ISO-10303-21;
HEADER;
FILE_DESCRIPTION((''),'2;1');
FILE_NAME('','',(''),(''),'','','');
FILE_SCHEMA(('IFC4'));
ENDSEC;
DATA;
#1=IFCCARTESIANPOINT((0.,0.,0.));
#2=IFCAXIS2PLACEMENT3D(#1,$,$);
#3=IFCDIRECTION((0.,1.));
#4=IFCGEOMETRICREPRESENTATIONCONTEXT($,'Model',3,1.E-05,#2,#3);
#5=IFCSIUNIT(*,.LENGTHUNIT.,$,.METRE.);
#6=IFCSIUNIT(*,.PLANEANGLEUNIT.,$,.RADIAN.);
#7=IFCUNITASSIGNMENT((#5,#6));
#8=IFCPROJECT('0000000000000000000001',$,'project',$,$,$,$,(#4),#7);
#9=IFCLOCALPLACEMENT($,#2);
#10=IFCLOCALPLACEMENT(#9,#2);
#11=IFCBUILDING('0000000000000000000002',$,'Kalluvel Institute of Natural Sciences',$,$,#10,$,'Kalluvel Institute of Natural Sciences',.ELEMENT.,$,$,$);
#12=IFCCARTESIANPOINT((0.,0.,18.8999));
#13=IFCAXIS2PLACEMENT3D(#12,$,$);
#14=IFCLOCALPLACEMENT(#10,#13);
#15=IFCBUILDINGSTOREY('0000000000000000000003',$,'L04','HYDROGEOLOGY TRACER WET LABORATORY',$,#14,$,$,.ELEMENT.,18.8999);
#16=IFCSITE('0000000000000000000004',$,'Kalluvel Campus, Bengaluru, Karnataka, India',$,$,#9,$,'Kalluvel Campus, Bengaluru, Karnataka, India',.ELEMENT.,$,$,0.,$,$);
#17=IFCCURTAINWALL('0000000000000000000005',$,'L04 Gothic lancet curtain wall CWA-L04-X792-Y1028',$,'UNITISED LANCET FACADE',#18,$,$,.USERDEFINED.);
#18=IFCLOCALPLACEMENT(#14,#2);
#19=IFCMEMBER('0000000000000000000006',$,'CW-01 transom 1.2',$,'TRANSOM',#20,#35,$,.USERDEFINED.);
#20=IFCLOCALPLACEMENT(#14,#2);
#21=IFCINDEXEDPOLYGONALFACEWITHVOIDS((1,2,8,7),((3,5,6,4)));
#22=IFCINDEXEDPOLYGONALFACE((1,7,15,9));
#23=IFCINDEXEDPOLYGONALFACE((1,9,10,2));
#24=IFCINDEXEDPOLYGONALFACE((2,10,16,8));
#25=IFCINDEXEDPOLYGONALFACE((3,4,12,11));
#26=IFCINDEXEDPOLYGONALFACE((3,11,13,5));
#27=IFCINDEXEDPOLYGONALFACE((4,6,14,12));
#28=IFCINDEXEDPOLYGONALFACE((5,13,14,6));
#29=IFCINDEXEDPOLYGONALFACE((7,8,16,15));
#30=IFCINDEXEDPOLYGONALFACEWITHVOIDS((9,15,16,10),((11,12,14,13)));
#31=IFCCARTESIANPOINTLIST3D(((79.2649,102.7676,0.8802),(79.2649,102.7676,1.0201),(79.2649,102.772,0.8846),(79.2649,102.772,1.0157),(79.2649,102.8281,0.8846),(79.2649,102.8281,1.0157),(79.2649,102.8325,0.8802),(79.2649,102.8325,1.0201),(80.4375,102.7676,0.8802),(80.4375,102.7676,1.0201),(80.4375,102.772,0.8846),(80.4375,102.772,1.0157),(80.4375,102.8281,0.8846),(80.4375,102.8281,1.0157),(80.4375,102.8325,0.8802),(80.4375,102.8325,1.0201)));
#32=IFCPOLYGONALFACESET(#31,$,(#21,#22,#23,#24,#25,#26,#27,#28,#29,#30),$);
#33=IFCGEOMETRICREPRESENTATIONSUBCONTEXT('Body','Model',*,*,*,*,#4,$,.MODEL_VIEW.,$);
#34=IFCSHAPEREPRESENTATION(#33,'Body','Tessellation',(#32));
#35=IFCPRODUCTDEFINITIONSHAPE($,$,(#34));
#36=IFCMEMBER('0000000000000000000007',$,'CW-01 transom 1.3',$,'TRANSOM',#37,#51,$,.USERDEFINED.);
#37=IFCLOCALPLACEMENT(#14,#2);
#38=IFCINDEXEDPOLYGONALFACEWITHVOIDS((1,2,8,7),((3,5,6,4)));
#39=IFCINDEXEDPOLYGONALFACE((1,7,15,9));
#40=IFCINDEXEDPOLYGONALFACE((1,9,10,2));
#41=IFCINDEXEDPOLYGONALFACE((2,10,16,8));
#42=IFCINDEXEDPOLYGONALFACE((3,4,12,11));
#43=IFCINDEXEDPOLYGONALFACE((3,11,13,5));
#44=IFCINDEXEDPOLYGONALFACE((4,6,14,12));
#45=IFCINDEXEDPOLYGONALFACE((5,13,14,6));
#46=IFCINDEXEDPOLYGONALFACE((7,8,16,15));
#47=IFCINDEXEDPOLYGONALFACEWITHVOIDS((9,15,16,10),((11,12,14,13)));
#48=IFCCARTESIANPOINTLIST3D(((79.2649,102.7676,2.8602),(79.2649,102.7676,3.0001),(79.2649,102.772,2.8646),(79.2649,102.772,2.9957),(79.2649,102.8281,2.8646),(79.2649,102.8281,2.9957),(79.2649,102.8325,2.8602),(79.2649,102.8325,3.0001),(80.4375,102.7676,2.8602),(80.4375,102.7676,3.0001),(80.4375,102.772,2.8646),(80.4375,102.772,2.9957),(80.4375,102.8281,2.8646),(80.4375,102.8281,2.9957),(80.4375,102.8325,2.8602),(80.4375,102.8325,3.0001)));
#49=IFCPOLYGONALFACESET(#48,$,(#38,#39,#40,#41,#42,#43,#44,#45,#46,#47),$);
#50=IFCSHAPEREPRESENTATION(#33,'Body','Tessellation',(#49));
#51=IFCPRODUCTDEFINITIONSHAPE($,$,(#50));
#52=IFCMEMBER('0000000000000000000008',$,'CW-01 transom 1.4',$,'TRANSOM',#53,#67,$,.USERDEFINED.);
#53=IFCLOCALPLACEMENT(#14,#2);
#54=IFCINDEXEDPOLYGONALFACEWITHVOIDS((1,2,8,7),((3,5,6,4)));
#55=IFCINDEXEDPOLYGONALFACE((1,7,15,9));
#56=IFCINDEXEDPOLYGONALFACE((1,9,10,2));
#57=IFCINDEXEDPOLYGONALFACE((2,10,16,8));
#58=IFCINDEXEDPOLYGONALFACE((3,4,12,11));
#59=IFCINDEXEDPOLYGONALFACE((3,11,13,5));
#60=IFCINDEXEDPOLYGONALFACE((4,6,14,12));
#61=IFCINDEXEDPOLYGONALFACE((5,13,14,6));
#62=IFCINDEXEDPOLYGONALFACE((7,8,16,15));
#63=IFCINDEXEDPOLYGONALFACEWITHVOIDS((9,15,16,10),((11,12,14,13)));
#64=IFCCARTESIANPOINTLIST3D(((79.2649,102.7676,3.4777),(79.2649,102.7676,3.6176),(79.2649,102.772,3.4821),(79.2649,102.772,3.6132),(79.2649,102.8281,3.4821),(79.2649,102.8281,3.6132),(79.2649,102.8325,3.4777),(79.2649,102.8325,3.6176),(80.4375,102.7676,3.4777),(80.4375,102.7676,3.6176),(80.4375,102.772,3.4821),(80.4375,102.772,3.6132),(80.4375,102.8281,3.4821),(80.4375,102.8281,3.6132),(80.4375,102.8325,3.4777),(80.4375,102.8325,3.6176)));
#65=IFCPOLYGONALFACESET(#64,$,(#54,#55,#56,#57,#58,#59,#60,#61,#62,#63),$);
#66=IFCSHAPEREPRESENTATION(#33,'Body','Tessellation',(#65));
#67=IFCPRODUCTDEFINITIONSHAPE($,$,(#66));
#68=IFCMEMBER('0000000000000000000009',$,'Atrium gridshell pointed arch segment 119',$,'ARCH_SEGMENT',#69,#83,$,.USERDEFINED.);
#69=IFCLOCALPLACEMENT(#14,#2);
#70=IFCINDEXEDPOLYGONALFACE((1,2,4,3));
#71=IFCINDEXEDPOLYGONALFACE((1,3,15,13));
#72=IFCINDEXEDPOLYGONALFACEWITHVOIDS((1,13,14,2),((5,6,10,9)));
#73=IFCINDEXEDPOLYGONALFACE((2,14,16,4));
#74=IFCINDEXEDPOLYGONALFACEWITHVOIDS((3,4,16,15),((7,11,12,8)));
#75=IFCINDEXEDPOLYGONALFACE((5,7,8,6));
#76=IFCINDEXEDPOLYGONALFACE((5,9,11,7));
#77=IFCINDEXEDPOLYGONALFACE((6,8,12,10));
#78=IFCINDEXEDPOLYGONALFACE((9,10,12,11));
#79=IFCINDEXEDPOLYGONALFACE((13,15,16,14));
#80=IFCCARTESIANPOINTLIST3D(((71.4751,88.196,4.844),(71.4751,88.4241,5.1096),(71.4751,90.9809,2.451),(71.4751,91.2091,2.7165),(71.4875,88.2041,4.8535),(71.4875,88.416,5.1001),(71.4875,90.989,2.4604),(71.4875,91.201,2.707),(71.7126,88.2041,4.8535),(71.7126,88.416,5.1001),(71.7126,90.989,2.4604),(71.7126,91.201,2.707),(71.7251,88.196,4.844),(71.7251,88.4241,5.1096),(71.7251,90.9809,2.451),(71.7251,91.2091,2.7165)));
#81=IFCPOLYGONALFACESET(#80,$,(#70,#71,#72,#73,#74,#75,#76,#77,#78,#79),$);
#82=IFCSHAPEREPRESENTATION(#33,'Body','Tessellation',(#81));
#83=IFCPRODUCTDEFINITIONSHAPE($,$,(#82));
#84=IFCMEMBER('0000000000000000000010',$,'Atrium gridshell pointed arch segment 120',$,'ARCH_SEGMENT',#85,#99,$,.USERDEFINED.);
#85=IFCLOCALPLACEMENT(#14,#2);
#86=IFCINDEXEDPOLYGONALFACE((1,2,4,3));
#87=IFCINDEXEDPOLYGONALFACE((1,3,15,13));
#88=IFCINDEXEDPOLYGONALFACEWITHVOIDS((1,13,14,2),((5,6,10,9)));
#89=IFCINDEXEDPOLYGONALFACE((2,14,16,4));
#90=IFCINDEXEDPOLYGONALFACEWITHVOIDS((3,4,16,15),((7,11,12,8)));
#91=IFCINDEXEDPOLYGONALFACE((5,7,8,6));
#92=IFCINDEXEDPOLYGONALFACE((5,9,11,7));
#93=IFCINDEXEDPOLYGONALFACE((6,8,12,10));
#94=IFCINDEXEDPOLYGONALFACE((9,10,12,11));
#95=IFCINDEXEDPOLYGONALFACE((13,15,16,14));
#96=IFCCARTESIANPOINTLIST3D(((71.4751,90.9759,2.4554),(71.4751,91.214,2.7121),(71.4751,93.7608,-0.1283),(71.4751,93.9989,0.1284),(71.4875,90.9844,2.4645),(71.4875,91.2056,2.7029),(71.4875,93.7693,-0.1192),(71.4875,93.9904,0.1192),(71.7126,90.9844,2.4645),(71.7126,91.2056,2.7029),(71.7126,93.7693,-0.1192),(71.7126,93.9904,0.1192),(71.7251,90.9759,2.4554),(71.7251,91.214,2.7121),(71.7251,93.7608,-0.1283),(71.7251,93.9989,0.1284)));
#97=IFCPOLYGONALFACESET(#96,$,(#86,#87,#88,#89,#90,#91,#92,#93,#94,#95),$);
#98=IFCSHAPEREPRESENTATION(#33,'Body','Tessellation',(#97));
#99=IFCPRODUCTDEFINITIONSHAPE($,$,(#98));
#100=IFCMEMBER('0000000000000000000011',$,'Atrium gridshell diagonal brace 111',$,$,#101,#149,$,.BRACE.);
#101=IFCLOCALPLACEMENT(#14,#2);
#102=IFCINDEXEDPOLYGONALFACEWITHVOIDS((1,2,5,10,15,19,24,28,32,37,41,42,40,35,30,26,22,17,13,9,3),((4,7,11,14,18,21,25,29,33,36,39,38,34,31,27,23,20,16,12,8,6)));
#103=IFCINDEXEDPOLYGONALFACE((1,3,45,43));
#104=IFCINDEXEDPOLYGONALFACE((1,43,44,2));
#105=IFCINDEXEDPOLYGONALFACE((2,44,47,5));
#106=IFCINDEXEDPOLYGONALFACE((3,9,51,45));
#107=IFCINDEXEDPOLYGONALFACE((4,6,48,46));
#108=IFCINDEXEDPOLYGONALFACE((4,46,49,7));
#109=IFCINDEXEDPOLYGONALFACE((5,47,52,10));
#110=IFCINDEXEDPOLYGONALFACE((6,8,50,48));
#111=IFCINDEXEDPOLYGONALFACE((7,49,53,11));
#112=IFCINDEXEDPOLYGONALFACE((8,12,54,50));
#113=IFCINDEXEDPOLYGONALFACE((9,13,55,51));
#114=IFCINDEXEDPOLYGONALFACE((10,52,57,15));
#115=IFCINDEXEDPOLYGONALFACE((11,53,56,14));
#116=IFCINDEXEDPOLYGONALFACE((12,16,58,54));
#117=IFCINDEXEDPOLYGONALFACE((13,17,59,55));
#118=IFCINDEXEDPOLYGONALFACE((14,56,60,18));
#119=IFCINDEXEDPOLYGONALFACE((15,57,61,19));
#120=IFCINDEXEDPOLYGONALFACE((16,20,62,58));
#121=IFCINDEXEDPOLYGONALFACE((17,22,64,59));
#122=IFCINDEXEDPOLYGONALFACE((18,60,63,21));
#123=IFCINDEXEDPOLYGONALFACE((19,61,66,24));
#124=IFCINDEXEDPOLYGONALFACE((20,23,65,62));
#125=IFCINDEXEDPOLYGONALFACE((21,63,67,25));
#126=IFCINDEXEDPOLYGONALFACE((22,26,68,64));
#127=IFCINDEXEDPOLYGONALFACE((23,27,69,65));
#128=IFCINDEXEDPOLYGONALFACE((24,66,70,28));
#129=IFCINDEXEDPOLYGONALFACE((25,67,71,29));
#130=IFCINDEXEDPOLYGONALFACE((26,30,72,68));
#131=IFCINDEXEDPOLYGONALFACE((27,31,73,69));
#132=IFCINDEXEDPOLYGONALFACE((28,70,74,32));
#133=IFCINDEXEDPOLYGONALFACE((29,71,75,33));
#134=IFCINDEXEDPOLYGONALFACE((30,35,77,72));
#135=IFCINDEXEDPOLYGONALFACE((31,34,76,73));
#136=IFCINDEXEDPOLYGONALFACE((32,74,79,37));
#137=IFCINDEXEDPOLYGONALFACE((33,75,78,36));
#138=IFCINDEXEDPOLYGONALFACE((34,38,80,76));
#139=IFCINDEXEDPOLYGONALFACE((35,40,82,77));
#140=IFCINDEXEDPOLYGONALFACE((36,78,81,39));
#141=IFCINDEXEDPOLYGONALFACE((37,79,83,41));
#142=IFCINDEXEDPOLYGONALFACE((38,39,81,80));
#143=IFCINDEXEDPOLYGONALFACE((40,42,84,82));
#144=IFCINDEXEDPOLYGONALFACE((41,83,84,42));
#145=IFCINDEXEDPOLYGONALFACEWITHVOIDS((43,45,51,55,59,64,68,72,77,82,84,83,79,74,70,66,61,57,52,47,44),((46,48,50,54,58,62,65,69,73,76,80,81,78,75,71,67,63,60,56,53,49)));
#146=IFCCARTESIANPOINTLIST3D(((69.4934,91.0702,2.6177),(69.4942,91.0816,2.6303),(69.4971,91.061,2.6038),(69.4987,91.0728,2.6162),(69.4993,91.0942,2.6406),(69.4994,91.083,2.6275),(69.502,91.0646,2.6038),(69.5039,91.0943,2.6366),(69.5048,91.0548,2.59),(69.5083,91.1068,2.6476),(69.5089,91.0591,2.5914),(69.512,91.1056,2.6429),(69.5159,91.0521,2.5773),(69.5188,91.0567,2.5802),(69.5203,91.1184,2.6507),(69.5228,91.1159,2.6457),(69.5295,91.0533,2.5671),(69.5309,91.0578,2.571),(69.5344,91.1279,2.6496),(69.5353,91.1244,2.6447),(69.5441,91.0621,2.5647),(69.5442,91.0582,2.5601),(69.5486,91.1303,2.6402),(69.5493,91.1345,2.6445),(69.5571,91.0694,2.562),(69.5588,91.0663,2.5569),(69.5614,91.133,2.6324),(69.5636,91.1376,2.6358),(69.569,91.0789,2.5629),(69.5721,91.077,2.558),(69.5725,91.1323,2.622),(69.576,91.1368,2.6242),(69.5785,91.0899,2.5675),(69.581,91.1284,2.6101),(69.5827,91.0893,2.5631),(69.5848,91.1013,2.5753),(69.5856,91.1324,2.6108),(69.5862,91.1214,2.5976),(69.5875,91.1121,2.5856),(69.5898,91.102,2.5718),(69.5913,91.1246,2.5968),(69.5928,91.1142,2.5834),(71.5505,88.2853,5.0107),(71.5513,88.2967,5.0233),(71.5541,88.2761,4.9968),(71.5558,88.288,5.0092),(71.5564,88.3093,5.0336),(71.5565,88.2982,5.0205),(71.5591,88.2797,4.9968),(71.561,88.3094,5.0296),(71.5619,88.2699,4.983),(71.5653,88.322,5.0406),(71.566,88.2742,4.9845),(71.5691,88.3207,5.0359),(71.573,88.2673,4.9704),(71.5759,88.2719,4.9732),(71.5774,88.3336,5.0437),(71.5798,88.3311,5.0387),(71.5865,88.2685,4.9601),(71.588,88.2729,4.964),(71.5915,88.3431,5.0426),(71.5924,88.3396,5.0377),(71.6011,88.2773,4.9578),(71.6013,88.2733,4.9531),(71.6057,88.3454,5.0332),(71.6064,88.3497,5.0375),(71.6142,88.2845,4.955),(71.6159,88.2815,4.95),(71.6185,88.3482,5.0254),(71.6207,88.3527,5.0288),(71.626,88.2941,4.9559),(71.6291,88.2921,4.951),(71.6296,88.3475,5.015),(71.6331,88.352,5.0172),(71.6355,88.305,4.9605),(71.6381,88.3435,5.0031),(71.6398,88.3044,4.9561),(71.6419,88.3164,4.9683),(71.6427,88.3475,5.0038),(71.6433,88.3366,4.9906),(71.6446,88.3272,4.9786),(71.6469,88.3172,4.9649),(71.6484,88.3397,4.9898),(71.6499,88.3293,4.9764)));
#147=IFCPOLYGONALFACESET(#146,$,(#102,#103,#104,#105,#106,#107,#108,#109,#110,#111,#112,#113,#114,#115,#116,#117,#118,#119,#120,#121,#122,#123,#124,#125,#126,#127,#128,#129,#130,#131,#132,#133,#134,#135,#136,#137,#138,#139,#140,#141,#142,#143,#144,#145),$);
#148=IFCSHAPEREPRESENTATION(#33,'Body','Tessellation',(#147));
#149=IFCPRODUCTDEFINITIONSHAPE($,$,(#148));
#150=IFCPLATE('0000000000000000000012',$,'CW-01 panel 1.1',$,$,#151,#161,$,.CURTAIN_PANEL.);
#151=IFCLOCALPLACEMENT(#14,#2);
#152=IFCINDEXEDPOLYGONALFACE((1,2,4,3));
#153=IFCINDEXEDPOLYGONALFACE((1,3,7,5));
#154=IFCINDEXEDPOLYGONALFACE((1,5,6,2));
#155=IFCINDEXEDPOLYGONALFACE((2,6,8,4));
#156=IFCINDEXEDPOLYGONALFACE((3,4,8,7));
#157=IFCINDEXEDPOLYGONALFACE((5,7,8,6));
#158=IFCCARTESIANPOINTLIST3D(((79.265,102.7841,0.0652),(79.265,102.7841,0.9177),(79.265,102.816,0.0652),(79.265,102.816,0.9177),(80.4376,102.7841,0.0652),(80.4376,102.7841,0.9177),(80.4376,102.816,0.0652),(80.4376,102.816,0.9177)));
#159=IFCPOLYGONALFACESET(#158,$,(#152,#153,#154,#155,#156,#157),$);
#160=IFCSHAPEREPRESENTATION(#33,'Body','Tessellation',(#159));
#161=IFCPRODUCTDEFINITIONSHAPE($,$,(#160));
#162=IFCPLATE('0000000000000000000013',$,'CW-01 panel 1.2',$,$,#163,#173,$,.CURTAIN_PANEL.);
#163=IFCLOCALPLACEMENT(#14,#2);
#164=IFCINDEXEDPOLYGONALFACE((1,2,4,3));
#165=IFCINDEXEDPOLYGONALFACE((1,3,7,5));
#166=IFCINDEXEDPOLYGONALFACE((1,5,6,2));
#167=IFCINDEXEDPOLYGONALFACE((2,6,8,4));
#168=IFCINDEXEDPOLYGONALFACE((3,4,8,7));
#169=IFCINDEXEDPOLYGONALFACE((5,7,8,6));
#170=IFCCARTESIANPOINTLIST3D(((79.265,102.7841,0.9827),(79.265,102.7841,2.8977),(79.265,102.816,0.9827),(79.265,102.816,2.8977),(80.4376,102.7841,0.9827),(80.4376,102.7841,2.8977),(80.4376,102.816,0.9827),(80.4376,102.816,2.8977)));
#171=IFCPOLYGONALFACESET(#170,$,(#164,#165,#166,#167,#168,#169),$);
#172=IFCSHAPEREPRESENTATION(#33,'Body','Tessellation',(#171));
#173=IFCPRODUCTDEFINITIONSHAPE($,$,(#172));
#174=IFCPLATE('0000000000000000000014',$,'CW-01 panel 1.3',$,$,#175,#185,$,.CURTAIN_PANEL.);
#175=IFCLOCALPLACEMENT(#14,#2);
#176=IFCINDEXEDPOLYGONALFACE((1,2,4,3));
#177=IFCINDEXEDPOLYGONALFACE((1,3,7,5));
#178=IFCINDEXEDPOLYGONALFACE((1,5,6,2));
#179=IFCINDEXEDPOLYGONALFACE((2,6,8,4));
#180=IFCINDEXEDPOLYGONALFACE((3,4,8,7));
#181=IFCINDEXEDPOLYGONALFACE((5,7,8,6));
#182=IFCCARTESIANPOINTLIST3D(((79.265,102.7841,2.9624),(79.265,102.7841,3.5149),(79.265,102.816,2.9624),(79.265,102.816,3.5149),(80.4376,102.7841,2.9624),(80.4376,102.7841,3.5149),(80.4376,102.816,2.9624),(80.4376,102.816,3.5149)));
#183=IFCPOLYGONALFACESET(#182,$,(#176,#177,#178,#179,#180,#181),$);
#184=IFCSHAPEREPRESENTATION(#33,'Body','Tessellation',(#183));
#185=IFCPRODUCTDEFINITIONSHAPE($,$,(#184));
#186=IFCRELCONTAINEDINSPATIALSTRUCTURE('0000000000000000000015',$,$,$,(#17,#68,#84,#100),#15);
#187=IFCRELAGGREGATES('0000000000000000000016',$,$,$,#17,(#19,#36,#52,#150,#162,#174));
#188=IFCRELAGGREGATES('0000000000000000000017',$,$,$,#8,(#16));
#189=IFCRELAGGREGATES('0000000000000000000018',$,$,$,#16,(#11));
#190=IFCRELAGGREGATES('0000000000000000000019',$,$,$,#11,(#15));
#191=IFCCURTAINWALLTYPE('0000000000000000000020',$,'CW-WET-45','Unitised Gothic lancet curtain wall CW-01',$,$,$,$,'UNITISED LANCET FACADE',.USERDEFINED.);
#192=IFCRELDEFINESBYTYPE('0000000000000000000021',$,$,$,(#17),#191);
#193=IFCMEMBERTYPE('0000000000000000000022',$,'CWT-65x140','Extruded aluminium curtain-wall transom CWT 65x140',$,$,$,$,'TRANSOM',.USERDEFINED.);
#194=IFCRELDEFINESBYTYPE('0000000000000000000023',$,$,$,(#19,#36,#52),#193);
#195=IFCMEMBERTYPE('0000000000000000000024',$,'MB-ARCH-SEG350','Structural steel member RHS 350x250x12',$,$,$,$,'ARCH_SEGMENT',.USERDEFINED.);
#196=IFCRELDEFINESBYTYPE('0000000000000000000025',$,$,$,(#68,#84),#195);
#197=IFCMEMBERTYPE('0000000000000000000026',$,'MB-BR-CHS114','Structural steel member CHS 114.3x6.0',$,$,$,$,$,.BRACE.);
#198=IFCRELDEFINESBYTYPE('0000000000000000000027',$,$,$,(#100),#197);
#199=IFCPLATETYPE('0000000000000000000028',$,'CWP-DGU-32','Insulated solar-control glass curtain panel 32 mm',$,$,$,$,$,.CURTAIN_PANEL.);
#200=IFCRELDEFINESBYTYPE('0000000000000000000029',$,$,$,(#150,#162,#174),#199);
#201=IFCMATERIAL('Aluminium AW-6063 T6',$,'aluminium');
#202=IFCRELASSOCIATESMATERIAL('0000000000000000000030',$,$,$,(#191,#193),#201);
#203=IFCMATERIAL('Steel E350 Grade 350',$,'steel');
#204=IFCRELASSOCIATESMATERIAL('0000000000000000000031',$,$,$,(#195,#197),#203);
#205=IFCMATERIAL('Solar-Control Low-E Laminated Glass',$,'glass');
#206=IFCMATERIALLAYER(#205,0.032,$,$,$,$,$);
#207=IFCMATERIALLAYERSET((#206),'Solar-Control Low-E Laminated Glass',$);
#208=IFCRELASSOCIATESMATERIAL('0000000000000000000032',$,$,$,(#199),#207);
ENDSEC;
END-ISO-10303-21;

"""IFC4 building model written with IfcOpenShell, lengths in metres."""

from ifc_helpers import new_model, si_unit, direction, frame, origin, origin_2d, place, context, subcontext, project, spatial, rectangle, hollow_rectangle, hollow_circle, extrude, material, layer, layer_set, material_profile, profile_set, type_object, element, aggregate, save


model = new_model("IFC4")

# Units and contexts
model_context = context("Model", 3, precision=1e-05, world=origin(), true_north=direction((0.0, 1.0)))
body_context = subcontext(model_context, "Body", "Model", "MODEL_VIEW")
ifc_project = project(units=[si_unit("LENGTHUNIT", "METRE"), si_unit("PLANEANGLEUNIT", "RADIAN")], contexts=[model_context])

# Site, building, storey
site_placement = place(None, origin())
site = spatial("IfcSite", under=ifc_project, at=site_placement, Name="Kalluvel Campus, Bengaluru, Karnataka, India", LongName="Kalluvel Campus, Bengaluru, Karnataka, India", CompositionType="ELEMENT", RefElevation=0.0)
building_placement = place(site_placement, origin())
building = spatial("IfcBuilding", under=site, at=building_placement, Name="Kalluvel Institute of Natural Sciences", LongName="Kalluvel Institute of Natural Sciences", CompositionType="ELEMENT")
storey_placement = place(building_placement, frame((0.0, 0.0, 18.8999)))
storey = spatial("IfcBuildingStorey", under=building, at=storey_placement, Name="L04", Description="HYDROGEOLOGY TRACER WET LABORATORY", CompositionType="ELEMENT", Elevation=18.8999)

# Shared definitions
ifc_material_1 = material(Name="Steel E350 Grade 350", Category="steel")

# Shared definitions
ifc_material_2 = material(Name="Aluminium AW-6063 T6", Category="aluminium")
curtain_wall_type = type_object("IfcCurtainWallType", Name="CW-WET-45", Description="Unitised Gothic lancet curtain wall CW-01", ElementType="UNITISED LANCET FACADE", PredefinedType="USERDEFINED", material=ifc_material_2)

# Curtain wall, members
curtain_wall_1_placement = place(storey_placement, origin())
curtain_wall_1 = element("IfcCurtainWall", 1, at=curtain_wall_1_placement, inside=storey, type_object=curtain_wall_type, Name="L04 Gothic lancet curtain wall CWA-L04-X792-Y1028", ObjectType="UNITISED LANCET FACADE", PredefinedType="USERDEFINED")
ifc_material_profile_1 = material_profile(ifc_material_2, hollow_rectangle(XDim=0.0649, YDim=0.1399, WallThickness=0.0044, at=origin_2d()), Name="CWT 65x140")
ifc_profile_set_1 = profile_set([ifc_material_profile_1], Name="Aluminium AW-6063 T6")
member_type_1 = type_object("IfcMemberType", Name="CWT-65x140", Description="Extruded aluminium curtain-wall transom CWT 65x140", ElementType="TRANSOM", PredefinedType="USERDEFINED", material=ifc_profile_set_1)
member_1_placement = place(storey_placement, frame((79.2649, 102.8, 0.9502), z_axis=(1.0, 0.0, 0.0), x_axis=(0.0, 1.0, 0.0)))
member_1 = element("IfcMember", 2, at=member_1_placement, type_object=member_type_1, Name="CW-01 transom 1.2", ObjectType="TRANSOM", PredefinedType="USERDEFINED", context=body_context, shape_type="SweptSolid", body=[
    extrude(hollow_rectangle(XDim=0.0649, YDim=0.1399, WallThickness=0.0044, at=origin_2d()), origin(), (0.0, 0.0, 1.0), 1.1726),
])
member_2_placement = place(storey_placement, frame((79.2649, 102.8, 2.9302), z_axis=(1.0, 0.0, 0.0), x_axis=(0.0, 1.0, 0.0)))
member_2 = element("IfcMember", 3, at=member_2_placement, type_object=member_type_1, Name="CW-01 transom 1.3", ObjectType="TRANSOM", PredefinedType="USERDEFINED", context=body_context, shape_type="SweptSolid", body=[
    extrude(hollow_rectangle(XDim=0.0649, YDim=0.1399, WallThickness=0.0044, at=origin_2d()), origin(), (0.0, 0.0, 1.0), 1.1726),
])
member_3_placement = place(storey_placement, frame((79.2649, 102.8, 3.5476), z_axis=(1.0, 0.0, 0.0), x_axis=(0.0, 1.0, 0.0)))
member_3 = element("IfcMember", 4, at=member_3_placement, type_object=member_type_1, Name="CW-01 transom 1.4", ObjectType="TRANSOM", PredefinedType="USERDEFINED", context=body_context, shape_type="SweptSolid", body=[
    extrude(hollow_rectangle(XDim=0.0649, YDim=0.1399, WallThickness=0.0044, at=origin_2d()), origin(), (0.0, 0.0, 1.0), 1.1726),
])

# Members
ifc_material_profile_2 = material_profile(ifc_material_1, hollow_rectangle(XDim=0.25, YDim=0.3501, WallThickness=0.0125, at=origin_2d()), Name="RHS 350x250x12")
ifc_profile_set_2 = profile_set([ifc_material_profile_2], Name="Steel E350 Grade 350")
member_type_2 = type_object("IfcMemberType", Name="MB-ARCH-SEG350", Description="Structural steel member RHS 350x250x12", ElementType="ARCH_SEGMENT", PredefinedType="USERDEFINED", material=ifc_profile_set_2)
member_4_placement = place(storey_placement, frame((71.6001, 88.3101, 4.9768), z_axis=(0.0, 0.758449, -0.651733), x_axis=(-1.0, 0.0, 0.0)))
element("IfcMember", 5, at=member_4_placement, inside=storey, type_object=member_type_2, Name="Atrium gridshell pointed arch segment 119", ObjectType="ARCH_SEGMENT", PredefinedType="USERDEFINED", context=body_context, shape_type="SweptSolid", body=[
    extrude(hollow_rectangle(XDim=0.25, YDim=0.3501, WallThickness=0.0125, at=origin_2d()), origin(), (0.0, 0.0, 1.0), 3.6719),
])
member_5_placement = place(storey_placement, frame((71.6001, 91.095, 2.5837), z_axis=(0.0, 0.733089, -0.680133), x_axis=(-1.0, 0.0, 0.0)))
element("IfcMember", 6, at=member_5_placement, inside=storey, type_object=member_type_2, Name="Atrium gridshell pointed arch segment 120", ObjectType="ARCH_SEGMENT", PredefinedType="USERDEFINED", context=body_context, shape_type="SweptSolid", body=[
    extrude(hollow_rectangle(XDim=0.25, YDim=0.3501, WallThickness=0.0125, at=origin_2d()), origin(), (0.0, 0.0, 1.0), 3.7988),
])
ifc_material_profile_3 = material_profile(ifc_material_1, hollow_circle(Radius=0.0571, WallThickness=0.0061, at=origin_2d()), Name="CHS 114.3x6.0")
ifc_profile_set_3 = profile_set([ifc_material_profile_3], Name="Steel E350 Grade 350")
member_type_3 = type_object("IfcMemberType", Name="MB-BR-CHS114", Description="Structural steel member CHS 114.3x6.0", PredefinedType="BRACE", material=ifc_profile_set_3)
member_6_placement = place(storey_placement, frame((71.6001, 88.3101, 4.9968), z_axis=(-0.488765, 0.661683, -0.568582), x_axis=(-0.804353, -0.594151, 0.0)))
element("IfcMember", 7, at=member_6_placement, inside=storey, type_object=member_type_3, Name="Atrium gridshell diagonal brace 111", PredefinedType="BRACE", context=body_context, shape_type="SweptSolid", body=[
    extrude(hollow_circle(Radius=0.0571, WallThickness=0.0061, at=origin_2d()), origin(), (0.0, 0.0, 1.0), 4.2087),
])

# Plates
ifc_material_3 = material(Name="Solar-Control Low-E Laminated Glass", Category="glass")
ifc_layer_1 = layer(ifc_material_3, 0.032)
ifc_layer_set_1 = layer_set([ifc_layer_1], Name="Solar-Control Low-E Laminated Glass")
plate_type = type_object("IfcPlateType", Name="CWP-DGU-32", Description="Insulated solar-control glass curtain panel 32 mm", PredefinedType="CURTAIN_PANEL", material=ifc_layer_set_1)
plate_1_placement = place(storey_placement, frame((79.8513, 102.8, 0.0652), z_axis=(0.0, 0.0, 1.0), x_axis=(1.0, 0.0, 0.0)))
plate_1 = element("IfcPlate", 8, at=plate_1_placement, type_object=plate_type, Name="CW-01 panel 1.1", PredefinedType="CURTAIN_PANEL", context=body_context, shape_type="SweptSolid", body=[
    extrude(rectangle(XDim=1.1726, YDim=0.032, at=origin_2d()), origin(), (0.0, 0.0, 1.0), 0.8525),
])
plate_2_placement = place(storey_placement, frame((79.8513, 102.8, 0.9827), z_axis=(0.0, 0.0, 1.0), x_axis=(1.0, 0.0, 0.0)))
plate_2 = element("IfcPlate", 9, at=plate_2_placement, type_object=plate_type, Name="CW-01 panel 1.2", PredefinedType="CURTAIN_PANEL", context=body_context, shape_type="SweptSolid", body=[
    extrude(rectangle(XDim=1.1726, YDim=0.032, at=origin_2d()), origin(), (0.0, 0.0, 1.0), 1.915),
])
plate_3_placement = place(storey_placement, frame((79.8513, 102.8, 2.9624), z_axis=(0.0, 0.0, 1.0), x_axis=(1.0, 0.0, 0.0)))
plate_3 = element("IfcPlate", 10, at=plate_3_placement, type_object=plate_type, Name="CW-01 panel 1.3", PredefinedType="CURTAIN_PANEL", context=body_context, shape_type="SweptSolid", body=[
    extrude(rectangle(XDim=1.1726, YDim=0.032, at=origin_2d()), origin(), (0.0, 0.0, 1.0), 0.5525),
])
aggregate(curtain_wall_1, [member_1, member_2, member_3, plate_1, plate_2, plate_3])

save(model, "model.ifc")
